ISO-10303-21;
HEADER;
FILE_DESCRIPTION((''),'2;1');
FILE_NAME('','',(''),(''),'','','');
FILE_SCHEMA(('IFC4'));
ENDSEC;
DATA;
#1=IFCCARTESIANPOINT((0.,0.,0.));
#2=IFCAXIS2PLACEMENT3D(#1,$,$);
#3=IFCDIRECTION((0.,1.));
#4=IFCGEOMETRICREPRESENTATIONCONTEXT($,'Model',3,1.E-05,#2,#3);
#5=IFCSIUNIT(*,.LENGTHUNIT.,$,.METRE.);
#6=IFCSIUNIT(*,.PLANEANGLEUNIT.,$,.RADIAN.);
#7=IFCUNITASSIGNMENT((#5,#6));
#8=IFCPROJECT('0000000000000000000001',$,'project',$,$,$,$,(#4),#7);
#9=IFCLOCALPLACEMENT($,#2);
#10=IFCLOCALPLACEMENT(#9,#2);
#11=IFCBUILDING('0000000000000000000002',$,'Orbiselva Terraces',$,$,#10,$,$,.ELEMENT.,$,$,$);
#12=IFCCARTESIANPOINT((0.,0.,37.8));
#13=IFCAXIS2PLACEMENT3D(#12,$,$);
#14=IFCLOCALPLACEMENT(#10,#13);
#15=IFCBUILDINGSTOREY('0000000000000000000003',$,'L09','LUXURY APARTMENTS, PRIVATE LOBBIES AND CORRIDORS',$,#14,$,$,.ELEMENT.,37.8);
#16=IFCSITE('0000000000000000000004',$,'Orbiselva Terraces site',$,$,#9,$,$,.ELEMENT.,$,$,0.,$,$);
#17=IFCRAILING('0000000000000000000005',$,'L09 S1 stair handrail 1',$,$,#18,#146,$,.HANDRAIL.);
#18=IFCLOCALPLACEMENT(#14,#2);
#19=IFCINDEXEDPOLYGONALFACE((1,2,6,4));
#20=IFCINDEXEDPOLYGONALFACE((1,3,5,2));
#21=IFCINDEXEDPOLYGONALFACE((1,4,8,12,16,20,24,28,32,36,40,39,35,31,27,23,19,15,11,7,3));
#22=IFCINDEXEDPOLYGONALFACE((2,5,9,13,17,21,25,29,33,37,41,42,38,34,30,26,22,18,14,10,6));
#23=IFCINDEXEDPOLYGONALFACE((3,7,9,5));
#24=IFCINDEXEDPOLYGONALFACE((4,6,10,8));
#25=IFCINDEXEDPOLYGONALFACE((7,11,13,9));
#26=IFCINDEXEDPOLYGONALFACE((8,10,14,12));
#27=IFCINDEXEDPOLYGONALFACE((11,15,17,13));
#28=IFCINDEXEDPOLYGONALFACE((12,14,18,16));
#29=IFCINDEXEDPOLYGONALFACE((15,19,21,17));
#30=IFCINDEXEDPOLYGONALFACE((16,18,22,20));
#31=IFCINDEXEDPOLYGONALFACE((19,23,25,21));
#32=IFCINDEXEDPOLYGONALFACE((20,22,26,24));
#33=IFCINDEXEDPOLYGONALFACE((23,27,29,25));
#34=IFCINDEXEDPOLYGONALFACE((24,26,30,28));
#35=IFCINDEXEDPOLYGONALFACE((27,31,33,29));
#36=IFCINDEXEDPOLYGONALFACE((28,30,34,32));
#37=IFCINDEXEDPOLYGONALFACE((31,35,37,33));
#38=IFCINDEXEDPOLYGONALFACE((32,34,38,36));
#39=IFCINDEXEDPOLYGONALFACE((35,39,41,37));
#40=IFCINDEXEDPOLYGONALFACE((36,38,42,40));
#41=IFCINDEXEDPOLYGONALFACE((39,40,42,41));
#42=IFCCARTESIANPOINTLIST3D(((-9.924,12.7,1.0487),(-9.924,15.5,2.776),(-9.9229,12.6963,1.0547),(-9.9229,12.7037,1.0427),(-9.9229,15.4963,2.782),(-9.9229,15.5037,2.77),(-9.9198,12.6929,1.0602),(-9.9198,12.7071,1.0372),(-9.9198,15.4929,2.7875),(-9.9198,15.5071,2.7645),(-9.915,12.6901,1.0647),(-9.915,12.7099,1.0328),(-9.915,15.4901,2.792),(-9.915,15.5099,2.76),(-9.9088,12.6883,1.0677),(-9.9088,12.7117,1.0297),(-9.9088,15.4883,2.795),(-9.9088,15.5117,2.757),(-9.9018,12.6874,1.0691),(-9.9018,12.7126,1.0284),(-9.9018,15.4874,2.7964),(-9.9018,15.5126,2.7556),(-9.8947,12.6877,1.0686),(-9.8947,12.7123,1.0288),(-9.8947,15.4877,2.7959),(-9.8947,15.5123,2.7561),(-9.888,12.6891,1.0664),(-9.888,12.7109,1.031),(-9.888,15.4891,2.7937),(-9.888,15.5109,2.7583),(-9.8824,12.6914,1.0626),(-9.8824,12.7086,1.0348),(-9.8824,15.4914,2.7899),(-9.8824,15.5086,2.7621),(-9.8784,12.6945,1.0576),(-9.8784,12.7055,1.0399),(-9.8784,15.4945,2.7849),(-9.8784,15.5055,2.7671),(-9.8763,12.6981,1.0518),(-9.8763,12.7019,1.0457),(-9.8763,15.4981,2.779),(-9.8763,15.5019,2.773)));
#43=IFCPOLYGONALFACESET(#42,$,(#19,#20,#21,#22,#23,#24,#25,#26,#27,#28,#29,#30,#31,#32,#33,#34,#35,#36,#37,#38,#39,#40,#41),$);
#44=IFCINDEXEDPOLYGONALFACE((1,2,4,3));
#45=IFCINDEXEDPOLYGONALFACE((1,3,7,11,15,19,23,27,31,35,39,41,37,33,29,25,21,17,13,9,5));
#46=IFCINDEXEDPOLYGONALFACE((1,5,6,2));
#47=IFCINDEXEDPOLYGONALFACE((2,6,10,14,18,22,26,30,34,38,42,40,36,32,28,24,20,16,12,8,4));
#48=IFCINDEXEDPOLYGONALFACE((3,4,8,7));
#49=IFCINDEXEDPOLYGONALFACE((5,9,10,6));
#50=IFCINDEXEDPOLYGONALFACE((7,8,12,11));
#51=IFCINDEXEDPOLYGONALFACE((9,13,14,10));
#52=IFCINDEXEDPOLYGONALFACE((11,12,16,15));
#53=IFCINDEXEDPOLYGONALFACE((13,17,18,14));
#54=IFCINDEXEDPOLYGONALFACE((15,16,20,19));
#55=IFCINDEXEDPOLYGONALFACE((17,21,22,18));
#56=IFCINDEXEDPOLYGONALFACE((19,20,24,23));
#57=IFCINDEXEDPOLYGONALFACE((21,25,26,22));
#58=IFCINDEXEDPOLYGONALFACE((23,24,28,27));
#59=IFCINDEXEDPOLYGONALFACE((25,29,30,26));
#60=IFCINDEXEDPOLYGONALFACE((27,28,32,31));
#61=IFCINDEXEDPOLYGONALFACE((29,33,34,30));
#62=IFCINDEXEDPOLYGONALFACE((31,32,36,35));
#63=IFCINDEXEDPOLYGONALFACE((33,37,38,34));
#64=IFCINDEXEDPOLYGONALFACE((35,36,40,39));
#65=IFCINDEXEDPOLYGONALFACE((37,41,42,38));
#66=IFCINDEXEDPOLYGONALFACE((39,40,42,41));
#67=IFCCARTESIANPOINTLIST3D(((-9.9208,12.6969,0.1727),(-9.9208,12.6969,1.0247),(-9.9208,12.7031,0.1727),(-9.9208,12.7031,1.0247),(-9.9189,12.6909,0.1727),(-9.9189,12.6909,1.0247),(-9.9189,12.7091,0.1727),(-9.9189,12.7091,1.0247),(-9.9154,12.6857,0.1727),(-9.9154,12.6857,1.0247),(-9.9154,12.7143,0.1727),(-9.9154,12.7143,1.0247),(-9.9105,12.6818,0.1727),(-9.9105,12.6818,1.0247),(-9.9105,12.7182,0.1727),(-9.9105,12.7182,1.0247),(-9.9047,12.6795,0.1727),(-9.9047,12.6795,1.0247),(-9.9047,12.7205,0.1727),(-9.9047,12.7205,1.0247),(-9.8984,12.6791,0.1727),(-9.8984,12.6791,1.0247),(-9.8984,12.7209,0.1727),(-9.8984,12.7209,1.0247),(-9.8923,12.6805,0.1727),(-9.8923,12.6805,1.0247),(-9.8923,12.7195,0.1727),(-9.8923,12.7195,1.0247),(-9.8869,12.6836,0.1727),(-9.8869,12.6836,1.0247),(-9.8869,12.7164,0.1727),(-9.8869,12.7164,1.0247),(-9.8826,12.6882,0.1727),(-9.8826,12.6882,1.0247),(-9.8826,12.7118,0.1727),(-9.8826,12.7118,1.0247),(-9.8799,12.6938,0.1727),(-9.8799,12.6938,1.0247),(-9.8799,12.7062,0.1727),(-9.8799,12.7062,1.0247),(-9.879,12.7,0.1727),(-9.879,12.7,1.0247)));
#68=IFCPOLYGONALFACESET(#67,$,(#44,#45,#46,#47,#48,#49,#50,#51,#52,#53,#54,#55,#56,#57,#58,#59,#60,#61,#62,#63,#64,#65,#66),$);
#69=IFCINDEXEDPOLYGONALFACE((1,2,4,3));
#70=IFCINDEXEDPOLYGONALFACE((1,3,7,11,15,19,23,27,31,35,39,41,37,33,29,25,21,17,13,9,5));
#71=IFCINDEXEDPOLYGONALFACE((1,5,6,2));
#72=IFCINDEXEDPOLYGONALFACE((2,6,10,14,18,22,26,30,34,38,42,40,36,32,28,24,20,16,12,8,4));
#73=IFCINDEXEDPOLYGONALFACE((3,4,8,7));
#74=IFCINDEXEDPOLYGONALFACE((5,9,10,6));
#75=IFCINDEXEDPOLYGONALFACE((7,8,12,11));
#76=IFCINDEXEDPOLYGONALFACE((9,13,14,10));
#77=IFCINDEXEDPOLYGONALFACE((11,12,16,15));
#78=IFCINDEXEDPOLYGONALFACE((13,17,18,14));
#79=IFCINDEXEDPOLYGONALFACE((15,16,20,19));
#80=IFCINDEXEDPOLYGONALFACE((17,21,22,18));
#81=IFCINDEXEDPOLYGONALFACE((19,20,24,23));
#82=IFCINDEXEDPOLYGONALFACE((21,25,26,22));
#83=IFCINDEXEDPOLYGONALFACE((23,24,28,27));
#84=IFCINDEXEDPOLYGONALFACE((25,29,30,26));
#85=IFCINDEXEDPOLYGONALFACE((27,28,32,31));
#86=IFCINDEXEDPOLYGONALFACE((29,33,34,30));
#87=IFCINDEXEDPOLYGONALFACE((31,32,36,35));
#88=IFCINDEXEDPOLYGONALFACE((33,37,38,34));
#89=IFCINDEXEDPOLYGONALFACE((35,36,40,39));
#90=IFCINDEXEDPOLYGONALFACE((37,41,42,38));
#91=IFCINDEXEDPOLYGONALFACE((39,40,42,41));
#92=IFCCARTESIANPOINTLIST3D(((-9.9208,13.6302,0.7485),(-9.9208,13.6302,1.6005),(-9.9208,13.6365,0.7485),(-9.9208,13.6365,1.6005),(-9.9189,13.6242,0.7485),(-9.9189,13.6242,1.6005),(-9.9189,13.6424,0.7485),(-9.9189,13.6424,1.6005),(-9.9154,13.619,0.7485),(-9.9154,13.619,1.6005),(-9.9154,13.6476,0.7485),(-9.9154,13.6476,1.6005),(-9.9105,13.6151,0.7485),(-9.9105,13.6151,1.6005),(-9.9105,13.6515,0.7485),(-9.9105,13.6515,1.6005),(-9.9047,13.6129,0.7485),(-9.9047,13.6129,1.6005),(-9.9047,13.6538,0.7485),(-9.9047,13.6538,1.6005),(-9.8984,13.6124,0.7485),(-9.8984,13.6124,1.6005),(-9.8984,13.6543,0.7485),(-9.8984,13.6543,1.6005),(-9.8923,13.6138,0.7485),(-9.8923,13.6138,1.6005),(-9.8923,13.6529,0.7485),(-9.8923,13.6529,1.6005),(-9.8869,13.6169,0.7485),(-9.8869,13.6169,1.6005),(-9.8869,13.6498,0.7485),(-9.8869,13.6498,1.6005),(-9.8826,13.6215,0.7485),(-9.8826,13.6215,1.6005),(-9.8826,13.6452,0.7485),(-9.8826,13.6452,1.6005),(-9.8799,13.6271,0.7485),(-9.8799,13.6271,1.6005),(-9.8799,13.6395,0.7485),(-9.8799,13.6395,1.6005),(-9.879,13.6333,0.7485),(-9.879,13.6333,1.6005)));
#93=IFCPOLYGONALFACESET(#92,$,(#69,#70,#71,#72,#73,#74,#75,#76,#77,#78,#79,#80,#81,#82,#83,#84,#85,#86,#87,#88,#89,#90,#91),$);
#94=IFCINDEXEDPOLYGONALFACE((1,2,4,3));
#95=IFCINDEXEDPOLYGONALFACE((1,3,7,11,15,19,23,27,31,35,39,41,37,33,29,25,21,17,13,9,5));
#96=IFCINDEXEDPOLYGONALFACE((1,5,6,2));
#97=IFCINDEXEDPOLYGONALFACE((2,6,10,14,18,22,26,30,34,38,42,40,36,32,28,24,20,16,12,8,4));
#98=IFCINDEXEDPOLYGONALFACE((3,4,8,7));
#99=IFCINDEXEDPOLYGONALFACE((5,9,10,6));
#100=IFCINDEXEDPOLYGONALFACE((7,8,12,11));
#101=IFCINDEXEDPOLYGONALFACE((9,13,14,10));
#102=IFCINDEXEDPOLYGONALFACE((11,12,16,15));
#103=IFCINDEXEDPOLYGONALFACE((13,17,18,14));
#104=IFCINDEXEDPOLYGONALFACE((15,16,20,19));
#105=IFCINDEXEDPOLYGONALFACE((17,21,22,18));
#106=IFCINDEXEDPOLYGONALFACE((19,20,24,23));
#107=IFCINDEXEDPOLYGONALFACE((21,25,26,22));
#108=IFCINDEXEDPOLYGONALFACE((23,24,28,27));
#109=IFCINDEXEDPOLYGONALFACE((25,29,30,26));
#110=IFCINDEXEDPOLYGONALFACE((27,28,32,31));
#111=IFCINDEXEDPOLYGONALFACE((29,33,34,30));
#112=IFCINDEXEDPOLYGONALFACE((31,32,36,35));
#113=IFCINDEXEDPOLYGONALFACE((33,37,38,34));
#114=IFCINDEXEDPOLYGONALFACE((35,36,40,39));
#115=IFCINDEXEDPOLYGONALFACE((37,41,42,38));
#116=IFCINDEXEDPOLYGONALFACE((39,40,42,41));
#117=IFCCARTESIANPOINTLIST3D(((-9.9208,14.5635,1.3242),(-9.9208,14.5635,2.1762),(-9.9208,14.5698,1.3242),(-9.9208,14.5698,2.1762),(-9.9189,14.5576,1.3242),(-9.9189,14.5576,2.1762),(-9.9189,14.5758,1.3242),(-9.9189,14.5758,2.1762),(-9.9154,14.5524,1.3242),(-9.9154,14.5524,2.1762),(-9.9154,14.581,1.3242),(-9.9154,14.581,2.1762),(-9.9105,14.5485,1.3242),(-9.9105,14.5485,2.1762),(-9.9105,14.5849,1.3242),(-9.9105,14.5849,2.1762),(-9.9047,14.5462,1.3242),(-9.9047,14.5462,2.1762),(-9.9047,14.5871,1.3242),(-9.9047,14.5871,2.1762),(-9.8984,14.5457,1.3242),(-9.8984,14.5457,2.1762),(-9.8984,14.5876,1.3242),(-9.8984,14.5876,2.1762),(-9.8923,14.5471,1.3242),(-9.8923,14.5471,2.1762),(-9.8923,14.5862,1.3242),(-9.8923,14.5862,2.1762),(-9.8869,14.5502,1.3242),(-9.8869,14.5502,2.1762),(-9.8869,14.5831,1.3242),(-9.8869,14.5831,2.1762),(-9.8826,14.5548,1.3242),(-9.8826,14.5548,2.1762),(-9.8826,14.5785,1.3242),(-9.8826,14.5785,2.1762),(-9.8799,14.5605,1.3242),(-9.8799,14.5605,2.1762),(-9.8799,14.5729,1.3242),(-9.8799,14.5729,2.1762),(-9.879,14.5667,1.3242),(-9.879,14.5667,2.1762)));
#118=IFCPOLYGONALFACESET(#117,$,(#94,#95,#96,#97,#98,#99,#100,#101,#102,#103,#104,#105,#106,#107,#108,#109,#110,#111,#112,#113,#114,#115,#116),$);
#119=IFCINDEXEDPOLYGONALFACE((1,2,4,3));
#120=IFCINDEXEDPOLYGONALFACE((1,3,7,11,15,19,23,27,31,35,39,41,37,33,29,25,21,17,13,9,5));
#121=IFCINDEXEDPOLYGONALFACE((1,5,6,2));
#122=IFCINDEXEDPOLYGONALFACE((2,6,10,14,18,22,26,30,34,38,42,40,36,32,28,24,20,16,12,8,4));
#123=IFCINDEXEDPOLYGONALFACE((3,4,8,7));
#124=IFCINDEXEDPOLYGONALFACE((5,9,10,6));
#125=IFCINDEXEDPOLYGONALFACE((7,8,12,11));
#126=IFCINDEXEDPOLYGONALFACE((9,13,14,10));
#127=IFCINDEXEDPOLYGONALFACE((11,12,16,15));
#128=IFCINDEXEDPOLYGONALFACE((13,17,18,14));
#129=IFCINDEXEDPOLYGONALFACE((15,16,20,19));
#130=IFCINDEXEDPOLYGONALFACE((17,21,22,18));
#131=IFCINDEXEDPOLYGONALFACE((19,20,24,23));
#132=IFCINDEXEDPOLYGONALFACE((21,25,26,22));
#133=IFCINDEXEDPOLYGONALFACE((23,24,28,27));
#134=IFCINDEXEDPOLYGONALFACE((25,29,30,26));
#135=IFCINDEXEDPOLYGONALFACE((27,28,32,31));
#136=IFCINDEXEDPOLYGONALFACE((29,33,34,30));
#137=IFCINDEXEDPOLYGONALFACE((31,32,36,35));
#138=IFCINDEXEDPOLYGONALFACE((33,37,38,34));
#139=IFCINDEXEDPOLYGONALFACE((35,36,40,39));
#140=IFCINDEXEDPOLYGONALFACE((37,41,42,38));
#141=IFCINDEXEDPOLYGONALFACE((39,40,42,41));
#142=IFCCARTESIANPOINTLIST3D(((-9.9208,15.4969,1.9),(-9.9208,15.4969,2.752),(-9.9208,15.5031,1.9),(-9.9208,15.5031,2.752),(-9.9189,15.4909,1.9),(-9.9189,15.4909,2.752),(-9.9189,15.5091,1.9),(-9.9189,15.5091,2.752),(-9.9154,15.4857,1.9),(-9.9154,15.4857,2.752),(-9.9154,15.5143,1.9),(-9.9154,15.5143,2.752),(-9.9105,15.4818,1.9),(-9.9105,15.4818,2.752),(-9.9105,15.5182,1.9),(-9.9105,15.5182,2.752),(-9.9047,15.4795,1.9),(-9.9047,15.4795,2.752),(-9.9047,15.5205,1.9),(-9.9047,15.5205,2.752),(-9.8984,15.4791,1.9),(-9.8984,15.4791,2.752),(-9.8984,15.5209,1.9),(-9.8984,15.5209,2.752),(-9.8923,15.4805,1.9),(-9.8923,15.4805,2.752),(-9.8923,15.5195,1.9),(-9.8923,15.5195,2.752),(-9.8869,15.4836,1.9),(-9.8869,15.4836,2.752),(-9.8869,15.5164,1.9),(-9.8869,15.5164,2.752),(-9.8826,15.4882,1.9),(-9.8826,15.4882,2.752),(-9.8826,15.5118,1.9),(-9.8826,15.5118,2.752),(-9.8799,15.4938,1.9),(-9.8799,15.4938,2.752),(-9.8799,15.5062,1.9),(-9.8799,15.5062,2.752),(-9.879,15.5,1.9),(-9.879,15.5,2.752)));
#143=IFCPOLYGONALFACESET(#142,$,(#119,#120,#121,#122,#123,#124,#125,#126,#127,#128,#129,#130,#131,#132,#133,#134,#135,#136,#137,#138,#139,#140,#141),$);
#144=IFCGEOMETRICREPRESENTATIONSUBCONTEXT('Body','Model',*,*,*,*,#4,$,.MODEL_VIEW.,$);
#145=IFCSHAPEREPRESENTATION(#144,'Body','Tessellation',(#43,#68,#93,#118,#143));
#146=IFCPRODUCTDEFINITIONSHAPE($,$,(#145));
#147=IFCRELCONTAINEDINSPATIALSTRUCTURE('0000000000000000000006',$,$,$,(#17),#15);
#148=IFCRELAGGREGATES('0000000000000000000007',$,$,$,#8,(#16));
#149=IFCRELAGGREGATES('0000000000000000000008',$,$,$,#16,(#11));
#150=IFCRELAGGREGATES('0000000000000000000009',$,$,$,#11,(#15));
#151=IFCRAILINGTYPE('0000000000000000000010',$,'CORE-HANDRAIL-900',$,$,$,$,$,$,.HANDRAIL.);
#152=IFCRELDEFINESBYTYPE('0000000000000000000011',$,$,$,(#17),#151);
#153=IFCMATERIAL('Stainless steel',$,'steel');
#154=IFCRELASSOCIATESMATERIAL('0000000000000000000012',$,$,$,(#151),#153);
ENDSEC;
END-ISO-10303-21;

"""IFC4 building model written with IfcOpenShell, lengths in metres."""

from ifc_helpers import new_model, si_unit, direction, frame, origin, origin_2d, place, context, subcontext, project, spatial, circle, extrude, material, type_object, element, save


model = new_model("IFC4")

# Units and contexts
model_context = context("Model", 3, precision=1e-05, world=origin(), true_north=direction((0.0, 1.0)))
body_context = subcontext(model_context, "Body", "Model", "MODEL_VIEW")
ifc_project = project(units=[si_unit("LENGTHUNIT", "METRE"), si_unit("PLANEANGLEUNIT", "RADIAN")], contexts=[model_context])

# Site, building, storey
site_placement = place(None, origin())
site = spatial("IfcSite", under=ifc_project, at=site_placement, Name="Orbiselva Terraces site", CompositionType="ELEMENT", RefElevation=0.0)
building_placement = place(site_placement, origin())
building = spatial("IfcBuilding", under=site, at=building_placement, Name="Orbiselva Terraces", CompositionType="ELEMENT")
storey_placement = place(building_placement, frame((0.0, 0.0, 37.8)))
storey = spatial("IfcBuildingStorey", under=building, at=storey_placement, Name="L09", Description="LUXURY APARTMENTS, PRIVATE LOBBIES AND CORRIDORS", CompositionType="ELEMENT", Elevation=37.8)

# Railing
ifc_material_1 = material(Name="Stainless steel", Category="steel")
railing_type_1 = type_object("IfcRailingType", Name="CORE-HANDRAIL-900", PredefinedType="HANDRAIL", material=ifc_material_1)
railing_1_placement = place(storey_placement, frame((-9.9, 12.7, 0.1727)))
element("IfcRailing", 1, at=railing_1_placement, inside=storey, type_object=railing_type_1, Name="L09 S1 stair handrail 1", PredefinedType="HANDRAIL", context=body_context, shape_type="SweptSolid", body=[
    extrude(circle(Radius=0.024, at=origin_2d()), frame((0.0, 0.0, 0.876), z_axis=(0.0, 0.851089, 0.525022), x_axis=(-1.0, 0.0, 0.0)), (0.0, 0.0, 1.0), 3.2899),
    extrude(circle(Radius=0.021, at=origin_2d()), origin(), (0.0, 0.0, 1.0), 0.852),
    extrude(circle(Radius=0.021, at=origin_2d()), frame((0.0, 0.9333, 0.5758)), (0.0, 0.0, 1.0), 0.852),
    extrude(circle(Radius=0.021, at=origin_2d()), frame((0.0, 1.8667, 1.1515)), (0.0, 0.0, 1.0), 0.852),
    extrude(circle(Radius=0.021, at=origin_2d()), frame((0.0, 2.8, 1.7273)), (0.0, 0.0, 1.0), 0.852),
])

save(model, "model.ifc")
